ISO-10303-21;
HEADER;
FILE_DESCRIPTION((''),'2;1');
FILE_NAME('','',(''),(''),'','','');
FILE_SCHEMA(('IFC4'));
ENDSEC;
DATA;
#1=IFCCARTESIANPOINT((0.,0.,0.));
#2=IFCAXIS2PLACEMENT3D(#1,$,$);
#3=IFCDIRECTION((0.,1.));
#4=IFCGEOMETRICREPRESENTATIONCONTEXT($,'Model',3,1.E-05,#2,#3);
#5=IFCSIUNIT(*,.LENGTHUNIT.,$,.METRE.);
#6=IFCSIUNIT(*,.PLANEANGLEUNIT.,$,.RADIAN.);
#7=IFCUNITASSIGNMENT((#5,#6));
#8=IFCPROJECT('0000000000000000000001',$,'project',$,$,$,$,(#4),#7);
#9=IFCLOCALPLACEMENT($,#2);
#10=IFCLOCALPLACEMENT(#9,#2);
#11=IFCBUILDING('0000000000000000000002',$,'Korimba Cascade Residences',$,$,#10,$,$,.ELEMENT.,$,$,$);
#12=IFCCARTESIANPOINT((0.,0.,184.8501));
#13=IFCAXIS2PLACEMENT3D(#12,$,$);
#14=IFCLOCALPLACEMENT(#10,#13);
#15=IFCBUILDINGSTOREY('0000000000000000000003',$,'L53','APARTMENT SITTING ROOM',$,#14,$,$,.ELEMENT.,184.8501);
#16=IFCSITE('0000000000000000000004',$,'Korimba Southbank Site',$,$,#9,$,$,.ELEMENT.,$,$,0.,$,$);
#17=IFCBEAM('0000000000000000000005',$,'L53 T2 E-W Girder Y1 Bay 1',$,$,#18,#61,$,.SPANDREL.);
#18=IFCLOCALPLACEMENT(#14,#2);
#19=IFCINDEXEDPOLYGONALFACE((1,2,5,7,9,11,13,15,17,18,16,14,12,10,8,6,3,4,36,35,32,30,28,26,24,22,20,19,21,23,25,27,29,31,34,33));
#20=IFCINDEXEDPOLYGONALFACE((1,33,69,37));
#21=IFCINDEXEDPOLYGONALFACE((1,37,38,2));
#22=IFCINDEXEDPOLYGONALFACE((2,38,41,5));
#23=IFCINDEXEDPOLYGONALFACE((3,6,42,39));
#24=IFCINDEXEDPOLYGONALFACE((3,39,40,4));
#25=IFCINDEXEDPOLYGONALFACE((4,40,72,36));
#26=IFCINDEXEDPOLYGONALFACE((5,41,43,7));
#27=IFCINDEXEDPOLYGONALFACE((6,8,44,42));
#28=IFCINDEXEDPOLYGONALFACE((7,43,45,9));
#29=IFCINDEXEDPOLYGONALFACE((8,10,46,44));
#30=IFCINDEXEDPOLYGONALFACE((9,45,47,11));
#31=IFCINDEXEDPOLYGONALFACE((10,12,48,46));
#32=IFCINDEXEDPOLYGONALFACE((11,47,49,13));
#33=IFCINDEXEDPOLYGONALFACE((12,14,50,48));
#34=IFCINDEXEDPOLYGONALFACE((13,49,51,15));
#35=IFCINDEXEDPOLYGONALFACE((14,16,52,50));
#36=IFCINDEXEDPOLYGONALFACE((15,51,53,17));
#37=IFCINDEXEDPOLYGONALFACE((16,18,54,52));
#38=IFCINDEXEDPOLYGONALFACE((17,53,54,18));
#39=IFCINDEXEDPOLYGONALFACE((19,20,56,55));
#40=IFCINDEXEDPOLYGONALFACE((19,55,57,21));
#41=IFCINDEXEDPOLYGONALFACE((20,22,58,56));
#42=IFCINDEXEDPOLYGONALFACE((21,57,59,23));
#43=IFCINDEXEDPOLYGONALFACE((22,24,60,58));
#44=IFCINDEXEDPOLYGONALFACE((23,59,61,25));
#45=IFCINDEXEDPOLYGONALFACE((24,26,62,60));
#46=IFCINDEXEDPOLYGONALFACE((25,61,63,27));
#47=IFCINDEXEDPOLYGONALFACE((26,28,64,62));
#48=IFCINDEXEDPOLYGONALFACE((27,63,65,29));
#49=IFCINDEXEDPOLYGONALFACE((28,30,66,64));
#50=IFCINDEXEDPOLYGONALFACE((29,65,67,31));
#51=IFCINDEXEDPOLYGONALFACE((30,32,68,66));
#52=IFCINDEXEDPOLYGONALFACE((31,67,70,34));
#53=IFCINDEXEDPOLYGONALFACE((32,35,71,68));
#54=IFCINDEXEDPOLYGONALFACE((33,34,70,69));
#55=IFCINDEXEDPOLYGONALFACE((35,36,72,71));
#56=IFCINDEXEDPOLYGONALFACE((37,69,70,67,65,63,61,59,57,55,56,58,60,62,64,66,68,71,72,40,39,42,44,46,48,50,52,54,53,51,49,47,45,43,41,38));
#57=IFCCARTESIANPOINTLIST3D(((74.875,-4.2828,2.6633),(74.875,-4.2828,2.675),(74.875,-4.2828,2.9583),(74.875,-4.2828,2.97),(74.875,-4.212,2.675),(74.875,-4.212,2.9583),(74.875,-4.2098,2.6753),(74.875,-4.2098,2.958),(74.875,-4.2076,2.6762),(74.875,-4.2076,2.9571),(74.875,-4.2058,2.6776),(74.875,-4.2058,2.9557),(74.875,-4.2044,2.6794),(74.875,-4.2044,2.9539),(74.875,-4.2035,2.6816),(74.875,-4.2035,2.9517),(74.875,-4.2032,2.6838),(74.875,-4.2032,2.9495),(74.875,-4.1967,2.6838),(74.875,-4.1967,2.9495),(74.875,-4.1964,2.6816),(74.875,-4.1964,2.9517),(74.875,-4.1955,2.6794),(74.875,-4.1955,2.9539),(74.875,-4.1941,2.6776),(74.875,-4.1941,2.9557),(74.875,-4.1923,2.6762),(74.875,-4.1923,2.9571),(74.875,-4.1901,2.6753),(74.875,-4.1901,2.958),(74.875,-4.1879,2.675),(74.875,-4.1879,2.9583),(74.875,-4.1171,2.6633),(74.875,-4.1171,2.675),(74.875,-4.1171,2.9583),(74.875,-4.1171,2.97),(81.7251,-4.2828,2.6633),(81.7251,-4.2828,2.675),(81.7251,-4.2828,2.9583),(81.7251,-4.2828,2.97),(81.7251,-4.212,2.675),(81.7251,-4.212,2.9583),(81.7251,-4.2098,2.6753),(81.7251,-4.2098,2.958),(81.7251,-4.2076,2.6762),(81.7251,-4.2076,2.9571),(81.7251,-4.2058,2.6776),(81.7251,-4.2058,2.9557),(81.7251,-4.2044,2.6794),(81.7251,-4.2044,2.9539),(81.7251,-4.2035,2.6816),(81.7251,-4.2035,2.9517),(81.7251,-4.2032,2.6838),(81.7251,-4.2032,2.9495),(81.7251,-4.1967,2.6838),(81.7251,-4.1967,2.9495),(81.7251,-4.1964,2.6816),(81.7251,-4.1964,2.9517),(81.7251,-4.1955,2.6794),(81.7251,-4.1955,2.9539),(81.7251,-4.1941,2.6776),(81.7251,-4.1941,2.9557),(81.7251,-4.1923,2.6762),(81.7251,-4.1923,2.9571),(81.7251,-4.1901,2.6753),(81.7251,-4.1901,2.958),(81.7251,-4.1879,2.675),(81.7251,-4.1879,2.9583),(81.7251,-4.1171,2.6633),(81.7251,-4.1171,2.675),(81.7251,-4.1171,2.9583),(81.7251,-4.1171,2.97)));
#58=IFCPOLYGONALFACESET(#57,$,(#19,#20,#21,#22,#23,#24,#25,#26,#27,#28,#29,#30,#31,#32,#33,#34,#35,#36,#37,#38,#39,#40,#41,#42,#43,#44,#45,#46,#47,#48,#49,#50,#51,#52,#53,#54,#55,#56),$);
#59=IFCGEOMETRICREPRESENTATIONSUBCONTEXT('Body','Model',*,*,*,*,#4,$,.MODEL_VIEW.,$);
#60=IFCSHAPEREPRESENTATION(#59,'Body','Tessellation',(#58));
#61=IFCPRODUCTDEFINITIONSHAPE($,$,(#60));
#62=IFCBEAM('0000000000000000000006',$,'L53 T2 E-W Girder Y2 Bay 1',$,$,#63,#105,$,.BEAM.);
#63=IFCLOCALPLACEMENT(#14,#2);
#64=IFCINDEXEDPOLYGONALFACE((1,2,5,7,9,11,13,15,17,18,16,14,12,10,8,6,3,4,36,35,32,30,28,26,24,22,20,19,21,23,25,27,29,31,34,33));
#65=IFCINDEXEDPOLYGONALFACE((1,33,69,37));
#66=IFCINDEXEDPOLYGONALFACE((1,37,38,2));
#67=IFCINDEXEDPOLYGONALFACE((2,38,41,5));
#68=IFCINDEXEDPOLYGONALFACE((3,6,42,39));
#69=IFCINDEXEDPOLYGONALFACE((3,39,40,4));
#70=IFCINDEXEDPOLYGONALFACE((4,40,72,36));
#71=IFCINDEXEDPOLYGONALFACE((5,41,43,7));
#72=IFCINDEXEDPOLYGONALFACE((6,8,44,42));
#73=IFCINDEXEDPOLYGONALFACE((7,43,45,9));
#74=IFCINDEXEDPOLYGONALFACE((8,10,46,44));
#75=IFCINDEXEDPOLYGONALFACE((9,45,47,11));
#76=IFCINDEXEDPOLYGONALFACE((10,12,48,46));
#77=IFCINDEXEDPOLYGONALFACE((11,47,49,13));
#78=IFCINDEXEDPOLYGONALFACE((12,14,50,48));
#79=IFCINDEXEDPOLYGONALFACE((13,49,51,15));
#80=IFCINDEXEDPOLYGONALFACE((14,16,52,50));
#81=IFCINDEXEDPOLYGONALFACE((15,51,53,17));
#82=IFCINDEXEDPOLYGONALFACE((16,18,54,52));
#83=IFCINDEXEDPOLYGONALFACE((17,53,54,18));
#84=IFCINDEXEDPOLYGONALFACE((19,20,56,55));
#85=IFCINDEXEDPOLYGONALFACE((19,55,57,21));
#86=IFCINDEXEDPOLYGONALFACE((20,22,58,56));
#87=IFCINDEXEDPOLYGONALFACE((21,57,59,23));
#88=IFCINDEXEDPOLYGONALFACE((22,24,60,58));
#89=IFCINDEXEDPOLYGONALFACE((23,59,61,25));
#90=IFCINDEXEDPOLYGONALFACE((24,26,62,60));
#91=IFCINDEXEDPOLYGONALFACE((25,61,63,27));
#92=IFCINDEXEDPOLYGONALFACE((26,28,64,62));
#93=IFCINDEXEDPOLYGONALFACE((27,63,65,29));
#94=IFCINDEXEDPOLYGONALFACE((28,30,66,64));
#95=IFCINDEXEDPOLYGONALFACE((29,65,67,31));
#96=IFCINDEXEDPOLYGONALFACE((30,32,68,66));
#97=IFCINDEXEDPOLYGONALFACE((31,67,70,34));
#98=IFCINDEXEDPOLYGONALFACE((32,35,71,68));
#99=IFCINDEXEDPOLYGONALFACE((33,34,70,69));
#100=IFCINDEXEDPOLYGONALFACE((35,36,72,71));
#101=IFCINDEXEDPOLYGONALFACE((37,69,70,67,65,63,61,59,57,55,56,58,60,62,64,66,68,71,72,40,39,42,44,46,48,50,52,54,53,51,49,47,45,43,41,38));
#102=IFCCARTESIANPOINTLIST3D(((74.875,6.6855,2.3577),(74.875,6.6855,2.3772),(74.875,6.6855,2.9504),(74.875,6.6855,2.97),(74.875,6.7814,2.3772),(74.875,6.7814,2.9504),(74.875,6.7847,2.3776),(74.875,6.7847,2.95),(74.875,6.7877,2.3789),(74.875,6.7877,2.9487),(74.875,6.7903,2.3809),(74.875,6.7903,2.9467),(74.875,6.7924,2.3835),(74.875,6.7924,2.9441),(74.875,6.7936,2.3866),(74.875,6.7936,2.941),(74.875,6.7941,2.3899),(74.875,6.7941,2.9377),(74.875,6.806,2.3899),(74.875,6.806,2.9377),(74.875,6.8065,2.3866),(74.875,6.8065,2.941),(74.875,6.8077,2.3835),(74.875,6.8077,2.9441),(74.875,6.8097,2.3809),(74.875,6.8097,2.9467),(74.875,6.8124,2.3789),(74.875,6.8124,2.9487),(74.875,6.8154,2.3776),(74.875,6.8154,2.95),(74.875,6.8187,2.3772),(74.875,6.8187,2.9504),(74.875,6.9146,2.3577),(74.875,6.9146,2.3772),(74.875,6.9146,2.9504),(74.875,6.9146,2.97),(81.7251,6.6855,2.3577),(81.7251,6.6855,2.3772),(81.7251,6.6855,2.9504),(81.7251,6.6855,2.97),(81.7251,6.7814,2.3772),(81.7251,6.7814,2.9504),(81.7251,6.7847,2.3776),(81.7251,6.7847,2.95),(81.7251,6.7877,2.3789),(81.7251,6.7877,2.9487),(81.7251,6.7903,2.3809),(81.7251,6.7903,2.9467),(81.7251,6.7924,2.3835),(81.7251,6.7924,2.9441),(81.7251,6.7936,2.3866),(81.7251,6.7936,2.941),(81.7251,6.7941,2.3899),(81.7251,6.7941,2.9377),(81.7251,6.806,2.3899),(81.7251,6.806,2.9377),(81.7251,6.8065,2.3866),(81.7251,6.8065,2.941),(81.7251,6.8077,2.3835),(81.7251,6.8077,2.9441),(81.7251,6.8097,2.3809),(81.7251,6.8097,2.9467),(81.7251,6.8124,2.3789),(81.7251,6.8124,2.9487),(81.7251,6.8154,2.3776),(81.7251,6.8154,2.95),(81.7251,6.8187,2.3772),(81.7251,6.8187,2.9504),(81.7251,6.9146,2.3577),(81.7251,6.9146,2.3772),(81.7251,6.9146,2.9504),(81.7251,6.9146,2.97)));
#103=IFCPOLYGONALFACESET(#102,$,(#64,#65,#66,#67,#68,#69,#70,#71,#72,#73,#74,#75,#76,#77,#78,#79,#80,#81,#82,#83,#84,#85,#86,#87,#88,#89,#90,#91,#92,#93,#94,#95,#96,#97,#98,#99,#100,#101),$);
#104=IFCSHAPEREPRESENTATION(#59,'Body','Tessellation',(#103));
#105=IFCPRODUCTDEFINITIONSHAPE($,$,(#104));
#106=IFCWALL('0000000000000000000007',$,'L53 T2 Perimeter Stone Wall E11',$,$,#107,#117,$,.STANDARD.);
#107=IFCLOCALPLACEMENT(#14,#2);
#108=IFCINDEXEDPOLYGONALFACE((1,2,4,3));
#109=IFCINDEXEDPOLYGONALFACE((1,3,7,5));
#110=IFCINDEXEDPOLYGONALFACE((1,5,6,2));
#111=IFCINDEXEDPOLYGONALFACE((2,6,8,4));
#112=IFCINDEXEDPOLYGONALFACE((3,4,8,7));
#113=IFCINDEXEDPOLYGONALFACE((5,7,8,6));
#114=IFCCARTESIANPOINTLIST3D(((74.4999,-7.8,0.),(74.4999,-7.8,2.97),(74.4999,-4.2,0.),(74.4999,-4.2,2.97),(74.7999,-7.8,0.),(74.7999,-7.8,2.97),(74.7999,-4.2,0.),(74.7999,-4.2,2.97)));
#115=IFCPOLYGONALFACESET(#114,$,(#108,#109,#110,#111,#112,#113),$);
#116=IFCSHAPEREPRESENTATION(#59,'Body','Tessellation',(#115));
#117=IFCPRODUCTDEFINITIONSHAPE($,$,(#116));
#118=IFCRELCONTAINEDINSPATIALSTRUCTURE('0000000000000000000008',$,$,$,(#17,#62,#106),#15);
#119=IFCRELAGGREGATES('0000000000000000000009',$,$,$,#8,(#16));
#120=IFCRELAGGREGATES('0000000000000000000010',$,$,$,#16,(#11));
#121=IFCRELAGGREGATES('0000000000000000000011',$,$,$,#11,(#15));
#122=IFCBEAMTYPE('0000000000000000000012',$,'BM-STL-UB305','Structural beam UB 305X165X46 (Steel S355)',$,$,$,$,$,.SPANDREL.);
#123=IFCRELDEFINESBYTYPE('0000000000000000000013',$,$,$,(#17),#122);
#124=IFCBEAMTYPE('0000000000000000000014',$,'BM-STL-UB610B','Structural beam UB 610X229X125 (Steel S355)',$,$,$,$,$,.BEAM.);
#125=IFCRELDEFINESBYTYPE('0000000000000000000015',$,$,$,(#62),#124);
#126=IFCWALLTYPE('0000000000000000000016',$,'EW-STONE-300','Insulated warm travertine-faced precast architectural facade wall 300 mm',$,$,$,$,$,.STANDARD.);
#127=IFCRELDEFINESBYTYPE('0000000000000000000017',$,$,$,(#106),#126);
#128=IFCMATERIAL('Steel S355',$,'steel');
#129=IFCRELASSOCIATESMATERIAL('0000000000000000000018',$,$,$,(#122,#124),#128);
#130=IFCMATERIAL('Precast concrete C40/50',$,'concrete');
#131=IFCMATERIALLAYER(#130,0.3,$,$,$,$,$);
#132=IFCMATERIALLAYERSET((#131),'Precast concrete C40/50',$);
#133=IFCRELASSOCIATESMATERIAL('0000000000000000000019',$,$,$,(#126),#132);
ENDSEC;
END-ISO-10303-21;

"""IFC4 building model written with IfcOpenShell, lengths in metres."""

from ifc_helpers import new_model, si_unit, direction, frame, frame_2d, origin, origin_2d, place, context, subcontext, project, spatial, rectangle, i_section, extrude, material, layer, layer_set, material_profile, profile_set, type_object, element, save


model = new_model("IFC4")

# Units and contexts
model_context = context("Model", 3, precision=1e-05, world=origin(), true_north=direction((0.0, 1.0)))
body_context = subcontext(model_context, "Body", "Model", "MODEL_VIEW")
ifc_project = project(units=[si_unit("LENGTHUNIT", "METRE"), si_unit("PLANEANGLEUNIT", "RADIAN")], contexts=[model_context])

# Site, building, storey
site_placement = place(None, origin())
site = spatial("IfcSite", under=ifc_project, at=site_placement, Name="Korimba Southbank Site", CompositionType="ELEMENT", RefElevation=0.0)
building_placement = place(site_placement, origin())
building = spatial("IfcBuilding", under=site, at=building_placement, Name="Korimba Cascade Residences", CompositionType="ELEMENT")
storey_placement = place(building_placement, frame((0.0, 0.0, 184.8501)))
storey = spatial("IfcBuildingStorey", under=building, at=storey_placement, Name="L53", Description="APARTMENT SITTING ROOM", CompositionType="ELEMENT", Elevation=184.8501)

# Beams
ifc_material_1 = material(Name="Steel S355", Category="steel")
ifc_material_profile_1 = material_profile(ifc_material_1, i_section(OverallWidth=0.1658, OverallDepth=0.3066, WebThickness=0.0066, FlangeThickness=0.0117, FilletRadius=0.0088, at=origin_2d()), Name="Steel S355")
ifc_profile_set_1 = profile_set([ifc_material_profile_1], Name="Steel S355")
beam_type_1 = type_object("IfcBeamType", Name="BM-STL-UB305", Description="Structural beam UB 305X165X46 (Steel S355)", PredefinedType="SPANDREL", material=ifc_profile_set_1)
beam_1_placement = place(storey_placement, frame((74.875, -4.2, 2.8167), z_axis=(1.0, 0.0, 0.0), x_axis=(0.0, 1.0, 0.0)))
element("IfcBeam", 1, at=beam_1_placement, inside=storey, type_object=beam_type_1, Name="L53 T2 E-W Girder Y1 Bay 1", PredefinedType="SPANDREL", context=body_context, shape_type="SweptSolid", body=[
    extrude(i_section(OverallWidth=0.1658, OverallDepth=0.3066, WebThickness=0.0066, FlangeThickness=0.0117, FilletRadius=0.0088, at=origin_2d()), origin(), (0.0, 0.0, 1.0), 6.8501),
])
ifc_material_profile_2 = material_profile(ifc_material_1, i_section(OverallWidth=0.229, OverallDepth=0.6123, WebThickness=0.012, FlangeThickness=0.0195, FilletRadius=0.0127, at=origin_2d()), Name="Steel S355")
ifc_profile_set_2 = profile_set([ifc_material_profile_2], Name="Steel S355")
beam_type_2 = type_object("IfcBeamType", Name="BM-STL-UB610B", Description="Structural beam UB 610X229X125 (Steel S355)", PredefinedType="BEAM", material=ifc_profile_set_2)
beam_2_placement = place(storey_placement, frame((74.875, 6.8, 2.6638), z_axis=(1.0, 0.0, 0.0), x_axis=(0.0, 1.0, 0.0)))
element("IfcBeam", 2, at=beam_2_placement, inside=storey, type_object=beam_type_2, Name="L53 T2 E-W Girder Y2 Bay 1", PredefinedType="BEAM", context=body_context, shape_type="SweptSolid", body=[
    extrude(i_section(OverallWidth=0.229, OverallDepth=0.6123, WebThickness=0.012, FlangeThickness=0.0195, FilletRadius=0.0127, at=origin_2d()), origin(), (0.0, 0.0, 1.0), 6.8501),
])

# Wall
ifc_material_2 = material(Name="Precast concrete C40/50", Category="concrete")
ifc_layer_1 = layer(ifc_material_2, 0.3)
ifc_layer_set_1 = layer_set([ifc_layer_1], Name="Precast concrete C40/50")
wall_type_1 = type_object("IfcWallType", Name="EW-STONE-300", Description="Insulated warm travertine-faced precast architectural facade wall 300 mm", PredefinedType="STANDARD", material=ifc_layer_set_1)
wall_1_placement = place(storey_placement, frame((74.6499, -4.2, 0.0), z_axis=(0.0, 0.0, 1.0), x_axis=(0.0, -1.0, 0.0)))
element("IfcWall", 3, at=wall_1_placement, inside=storey, type_object=wall_type_1, Name="L53 T2 Perimeter Stone Wall E11", PredefinedType="STANDARD", context=body_context, shape_type="SweptSolid", body=[
    extrude(rectangle(XDim=3.6001, YDim=0.3, at=frame_2d((1.8, 0.0))), origin(), (0.0, 0.0, 1.0), 2.97),
])

save(model, "model.ifc")
